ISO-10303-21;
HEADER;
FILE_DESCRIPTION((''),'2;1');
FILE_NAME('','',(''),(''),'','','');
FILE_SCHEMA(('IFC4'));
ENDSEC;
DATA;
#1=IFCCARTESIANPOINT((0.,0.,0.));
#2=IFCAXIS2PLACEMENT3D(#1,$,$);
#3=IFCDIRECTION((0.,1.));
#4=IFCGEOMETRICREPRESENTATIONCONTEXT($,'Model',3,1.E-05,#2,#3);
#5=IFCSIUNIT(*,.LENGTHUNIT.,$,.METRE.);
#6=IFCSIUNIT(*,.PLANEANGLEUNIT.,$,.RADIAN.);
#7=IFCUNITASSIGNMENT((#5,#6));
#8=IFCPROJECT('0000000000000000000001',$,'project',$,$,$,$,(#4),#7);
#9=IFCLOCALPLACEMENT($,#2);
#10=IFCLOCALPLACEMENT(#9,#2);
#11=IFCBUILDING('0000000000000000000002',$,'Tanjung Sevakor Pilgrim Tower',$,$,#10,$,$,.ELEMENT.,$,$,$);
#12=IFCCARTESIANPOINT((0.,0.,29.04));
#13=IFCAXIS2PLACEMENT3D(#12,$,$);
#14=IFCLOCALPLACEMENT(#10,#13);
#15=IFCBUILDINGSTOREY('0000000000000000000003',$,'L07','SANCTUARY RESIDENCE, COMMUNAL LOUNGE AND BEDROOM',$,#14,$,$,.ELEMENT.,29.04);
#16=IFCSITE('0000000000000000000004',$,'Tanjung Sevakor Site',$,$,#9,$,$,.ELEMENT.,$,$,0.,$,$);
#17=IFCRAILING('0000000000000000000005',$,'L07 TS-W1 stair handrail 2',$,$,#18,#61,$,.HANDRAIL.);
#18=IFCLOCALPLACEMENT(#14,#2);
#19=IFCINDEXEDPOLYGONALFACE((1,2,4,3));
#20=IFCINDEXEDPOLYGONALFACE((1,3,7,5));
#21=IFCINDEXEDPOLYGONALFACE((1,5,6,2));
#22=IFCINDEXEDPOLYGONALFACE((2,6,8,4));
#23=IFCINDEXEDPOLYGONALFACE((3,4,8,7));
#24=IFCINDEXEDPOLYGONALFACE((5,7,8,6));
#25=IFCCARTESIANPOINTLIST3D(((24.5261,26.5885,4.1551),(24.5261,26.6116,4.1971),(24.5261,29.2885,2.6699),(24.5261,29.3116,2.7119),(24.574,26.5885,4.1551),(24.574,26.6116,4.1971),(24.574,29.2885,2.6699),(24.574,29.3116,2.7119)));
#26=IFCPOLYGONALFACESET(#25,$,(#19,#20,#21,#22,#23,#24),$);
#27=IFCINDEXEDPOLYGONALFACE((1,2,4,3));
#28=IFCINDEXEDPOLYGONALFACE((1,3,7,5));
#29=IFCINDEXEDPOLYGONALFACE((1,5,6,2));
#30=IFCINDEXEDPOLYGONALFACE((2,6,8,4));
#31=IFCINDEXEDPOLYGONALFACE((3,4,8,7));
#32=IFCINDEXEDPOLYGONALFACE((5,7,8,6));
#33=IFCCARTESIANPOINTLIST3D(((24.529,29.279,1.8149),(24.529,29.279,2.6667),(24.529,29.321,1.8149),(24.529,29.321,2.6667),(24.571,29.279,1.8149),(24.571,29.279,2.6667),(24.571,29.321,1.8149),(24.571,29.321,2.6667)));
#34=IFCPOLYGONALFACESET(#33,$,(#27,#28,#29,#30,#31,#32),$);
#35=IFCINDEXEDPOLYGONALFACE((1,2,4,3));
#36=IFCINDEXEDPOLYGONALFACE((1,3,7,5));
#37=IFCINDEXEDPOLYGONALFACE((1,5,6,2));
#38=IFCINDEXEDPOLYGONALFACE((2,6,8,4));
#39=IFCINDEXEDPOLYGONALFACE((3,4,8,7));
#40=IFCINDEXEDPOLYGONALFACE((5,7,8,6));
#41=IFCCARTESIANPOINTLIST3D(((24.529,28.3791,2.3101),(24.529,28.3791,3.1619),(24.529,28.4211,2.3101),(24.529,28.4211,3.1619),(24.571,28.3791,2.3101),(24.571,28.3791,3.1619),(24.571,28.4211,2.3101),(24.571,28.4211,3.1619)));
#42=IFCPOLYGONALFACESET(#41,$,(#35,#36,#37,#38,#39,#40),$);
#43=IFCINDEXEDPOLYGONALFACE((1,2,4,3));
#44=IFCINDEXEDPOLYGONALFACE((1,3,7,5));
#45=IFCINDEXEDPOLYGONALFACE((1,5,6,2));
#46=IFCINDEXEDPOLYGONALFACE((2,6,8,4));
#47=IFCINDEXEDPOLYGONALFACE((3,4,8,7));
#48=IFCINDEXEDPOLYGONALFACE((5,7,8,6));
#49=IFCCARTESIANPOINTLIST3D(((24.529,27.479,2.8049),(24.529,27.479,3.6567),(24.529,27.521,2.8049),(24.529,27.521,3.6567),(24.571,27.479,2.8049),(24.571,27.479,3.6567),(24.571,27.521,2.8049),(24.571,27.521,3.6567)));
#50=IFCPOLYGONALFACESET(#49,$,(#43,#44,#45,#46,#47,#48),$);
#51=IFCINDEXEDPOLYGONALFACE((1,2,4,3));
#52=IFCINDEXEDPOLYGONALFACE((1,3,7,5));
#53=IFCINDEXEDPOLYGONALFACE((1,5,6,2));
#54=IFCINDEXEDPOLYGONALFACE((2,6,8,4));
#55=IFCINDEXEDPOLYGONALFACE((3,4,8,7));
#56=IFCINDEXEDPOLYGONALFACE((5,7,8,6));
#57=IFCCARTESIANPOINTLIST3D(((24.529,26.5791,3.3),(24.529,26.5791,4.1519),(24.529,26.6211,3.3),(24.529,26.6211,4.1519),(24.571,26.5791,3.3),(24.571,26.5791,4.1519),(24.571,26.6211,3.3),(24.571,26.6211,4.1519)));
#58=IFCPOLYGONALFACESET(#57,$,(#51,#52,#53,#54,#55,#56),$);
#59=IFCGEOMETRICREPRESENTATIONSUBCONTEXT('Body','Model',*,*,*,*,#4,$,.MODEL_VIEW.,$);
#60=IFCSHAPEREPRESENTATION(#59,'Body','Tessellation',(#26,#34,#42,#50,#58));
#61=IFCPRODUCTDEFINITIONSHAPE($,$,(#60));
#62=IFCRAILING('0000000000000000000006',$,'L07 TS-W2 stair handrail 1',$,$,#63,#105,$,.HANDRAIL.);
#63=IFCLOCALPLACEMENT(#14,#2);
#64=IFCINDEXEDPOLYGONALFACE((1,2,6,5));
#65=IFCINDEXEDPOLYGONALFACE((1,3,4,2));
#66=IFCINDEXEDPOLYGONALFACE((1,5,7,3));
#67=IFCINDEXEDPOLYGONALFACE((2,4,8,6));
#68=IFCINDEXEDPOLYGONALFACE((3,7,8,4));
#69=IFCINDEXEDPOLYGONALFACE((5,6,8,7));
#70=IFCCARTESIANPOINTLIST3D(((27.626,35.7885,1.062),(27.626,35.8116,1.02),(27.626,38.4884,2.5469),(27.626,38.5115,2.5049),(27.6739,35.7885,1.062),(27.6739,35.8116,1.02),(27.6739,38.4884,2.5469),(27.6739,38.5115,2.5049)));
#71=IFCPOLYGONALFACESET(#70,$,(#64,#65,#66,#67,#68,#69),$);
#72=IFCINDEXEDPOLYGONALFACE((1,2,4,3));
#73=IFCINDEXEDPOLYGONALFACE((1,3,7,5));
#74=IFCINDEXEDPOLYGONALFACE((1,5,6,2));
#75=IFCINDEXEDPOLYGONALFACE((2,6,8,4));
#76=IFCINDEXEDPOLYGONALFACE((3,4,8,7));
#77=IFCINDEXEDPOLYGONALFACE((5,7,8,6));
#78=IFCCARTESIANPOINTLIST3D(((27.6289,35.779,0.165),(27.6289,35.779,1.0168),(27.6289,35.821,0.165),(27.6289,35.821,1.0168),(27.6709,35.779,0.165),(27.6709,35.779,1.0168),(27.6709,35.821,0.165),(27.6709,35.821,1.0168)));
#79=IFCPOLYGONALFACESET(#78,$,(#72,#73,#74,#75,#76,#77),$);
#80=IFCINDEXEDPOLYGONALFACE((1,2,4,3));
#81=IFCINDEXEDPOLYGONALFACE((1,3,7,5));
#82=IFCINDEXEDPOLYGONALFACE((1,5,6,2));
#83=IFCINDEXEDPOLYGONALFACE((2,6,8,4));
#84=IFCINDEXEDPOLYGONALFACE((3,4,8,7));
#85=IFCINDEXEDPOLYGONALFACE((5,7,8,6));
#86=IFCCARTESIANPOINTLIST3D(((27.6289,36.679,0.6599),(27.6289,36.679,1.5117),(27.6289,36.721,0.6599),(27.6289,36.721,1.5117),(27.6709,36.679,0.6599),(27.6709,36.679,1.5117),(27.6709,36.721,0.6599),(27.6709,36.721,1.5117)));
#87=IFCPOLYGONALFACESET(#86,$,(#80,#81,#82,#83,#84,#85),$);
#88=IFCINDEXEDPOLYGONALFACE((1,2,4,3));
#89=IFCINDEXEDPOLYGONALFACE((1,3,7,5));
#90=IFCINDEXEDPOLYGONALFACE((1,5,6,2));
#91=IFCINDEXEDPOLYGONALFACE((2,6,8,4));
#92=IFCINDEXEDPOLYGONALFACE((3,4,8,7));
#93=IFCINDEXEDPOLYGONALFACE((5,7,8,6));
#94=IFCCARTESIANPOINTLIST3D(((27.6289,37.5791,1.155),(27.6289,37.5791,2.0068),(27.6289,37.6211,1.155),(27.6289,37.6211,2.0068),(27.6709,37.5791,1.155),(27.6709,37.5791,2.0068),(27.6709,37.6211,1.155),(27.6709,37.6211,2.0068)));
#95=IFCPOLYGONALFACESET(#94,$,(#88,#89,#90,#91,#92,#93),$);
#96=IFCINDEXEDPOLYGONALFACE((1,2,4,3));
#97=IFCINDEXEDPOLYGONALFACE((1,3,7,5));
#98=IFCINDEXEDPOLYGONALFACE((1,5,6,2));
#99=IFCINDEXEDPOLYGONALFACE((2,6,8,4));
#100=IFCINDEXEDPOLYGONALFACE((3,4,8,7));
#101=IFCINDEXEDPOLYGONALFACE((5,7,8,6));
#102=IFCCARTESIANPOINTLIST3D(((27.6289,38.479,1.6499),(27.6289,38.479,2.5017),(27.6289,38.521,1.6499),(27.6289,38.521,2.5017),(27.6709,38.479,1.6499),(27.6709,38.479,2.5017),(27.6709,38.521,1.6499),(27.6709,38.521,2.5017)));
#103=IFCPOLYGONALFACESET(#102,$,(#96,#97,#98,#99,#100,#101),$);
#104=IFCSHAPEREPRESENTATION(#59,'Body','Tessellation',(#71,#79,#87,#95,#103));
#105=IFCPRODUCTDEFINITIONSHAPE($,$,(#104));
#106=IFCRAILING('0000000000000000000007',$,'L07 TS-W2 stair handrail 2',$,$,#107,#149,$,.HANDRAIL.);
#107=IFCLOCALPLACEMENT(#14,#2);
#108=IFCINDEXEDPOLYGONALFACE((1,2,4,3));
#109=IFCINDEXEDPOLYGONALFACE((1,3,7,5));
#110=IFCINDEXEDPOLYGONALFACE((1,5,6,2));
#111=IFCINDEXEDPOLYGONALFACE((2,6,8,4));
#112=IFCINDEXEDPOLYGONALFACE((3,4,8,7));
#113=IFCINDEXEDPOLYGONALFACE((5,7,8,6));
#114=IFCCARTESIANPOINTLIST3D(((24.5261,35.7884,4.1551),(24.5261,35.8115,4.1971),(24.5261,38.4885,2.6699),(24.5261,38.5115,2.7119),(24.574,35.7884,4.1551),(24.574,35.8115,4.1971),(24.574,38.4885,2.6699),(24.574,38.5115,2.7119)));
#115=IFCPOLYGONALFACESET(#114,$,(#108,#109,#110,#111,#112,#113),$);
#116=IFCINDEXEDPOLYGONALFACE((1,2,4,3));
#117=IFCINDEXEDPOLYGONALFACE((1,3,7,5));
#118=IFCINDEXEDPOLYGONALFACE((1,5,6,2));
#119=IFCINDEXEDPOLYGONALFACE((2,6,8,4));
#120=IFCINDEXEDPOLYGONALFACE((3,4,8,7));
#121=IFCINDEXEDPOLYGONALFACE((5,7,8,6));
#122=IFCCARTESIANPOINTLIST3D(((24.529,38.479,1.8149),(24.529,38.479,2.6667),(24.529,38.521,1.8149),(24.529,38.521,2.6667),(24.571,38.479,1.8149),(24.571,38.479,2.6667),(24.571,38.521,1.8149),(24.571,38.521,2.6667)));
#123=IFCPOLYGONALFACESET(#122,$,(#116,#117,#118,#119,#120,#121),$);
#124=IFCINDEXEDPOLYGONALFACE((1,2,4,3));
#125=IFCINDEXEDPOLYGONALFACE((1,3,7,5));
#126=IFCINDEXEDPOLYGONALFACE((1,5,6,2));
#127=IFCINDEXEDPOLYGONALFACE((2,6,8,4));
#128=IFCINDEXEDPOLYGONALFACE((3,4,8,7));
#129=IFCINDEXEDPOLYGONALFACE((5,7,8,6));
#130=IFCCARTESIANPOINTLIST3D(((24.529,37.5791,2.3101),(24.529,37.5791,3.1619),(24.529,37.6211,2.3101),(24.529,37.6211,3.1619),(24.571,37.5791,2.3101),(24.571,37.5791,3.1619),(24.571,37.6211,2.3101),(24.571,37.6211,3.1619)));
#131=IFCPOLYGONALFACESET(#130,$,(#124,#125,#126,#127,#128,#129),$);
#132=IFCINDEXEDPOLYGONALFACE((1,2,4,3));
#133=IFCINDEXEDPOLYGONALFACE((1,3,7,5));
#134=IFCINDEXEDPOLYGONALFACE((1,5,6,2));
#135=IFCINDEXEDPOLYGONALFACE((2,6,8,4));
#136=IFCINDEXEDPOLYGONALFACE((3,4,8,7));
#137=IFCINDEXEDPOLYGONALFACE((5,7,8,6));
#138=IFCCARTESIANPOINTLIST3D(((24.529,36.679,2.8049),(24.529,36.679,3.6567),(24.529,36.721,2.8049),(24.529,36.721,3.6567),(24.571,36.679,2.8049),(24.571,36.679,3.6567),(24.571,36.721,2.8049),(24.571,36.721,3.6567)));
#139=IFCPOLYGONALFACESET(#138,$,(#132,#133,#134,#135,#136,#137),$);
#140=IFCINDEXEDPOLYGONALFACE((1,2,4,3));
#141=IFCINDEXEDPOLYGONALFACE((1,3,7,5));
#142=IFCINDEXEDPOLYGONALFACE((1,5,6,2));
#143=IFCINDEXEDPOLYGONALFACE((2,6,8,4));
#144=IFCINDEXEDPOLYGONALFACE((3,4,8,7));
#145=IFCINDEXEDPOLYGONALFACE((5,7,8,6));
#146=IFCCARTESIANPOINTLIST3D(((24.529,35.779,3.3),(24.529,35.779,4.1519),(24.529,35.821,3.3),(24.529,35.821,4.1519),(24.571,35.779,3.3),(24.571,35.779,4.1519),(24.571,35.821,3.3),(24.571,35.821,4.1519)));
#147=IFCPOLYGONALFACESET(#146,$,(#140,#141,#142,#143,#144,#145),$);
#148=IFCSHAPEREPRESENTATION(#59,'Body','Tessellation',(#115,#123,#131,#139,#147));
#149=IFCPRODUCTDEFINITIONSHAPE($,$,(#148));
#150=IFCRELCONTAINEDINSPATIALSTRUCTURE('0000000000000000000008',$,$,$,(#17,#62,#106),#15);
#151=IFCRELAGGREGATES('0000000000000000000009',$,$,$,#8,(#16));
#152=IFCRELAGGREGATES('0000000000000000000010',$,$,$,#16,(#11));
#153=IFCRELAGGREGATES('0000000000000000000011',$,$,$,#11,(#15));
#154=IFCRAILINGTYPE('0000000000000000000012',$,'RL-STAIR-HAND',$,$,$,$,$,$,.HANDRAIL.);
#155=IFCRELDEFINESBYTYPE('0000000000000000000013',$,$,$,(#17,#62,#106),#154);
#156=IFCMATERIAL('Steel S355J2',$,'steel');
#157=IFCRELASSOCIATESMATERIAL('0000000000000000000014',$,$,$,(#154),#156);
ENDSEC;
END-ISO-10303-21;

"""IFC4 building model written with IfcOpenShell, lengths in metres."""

from ifc_helpers import new_model, si_unit, direction, frame, origin, place, context, subcontext, project, spatial, rectangle, extrude, material, type_object, element, save


model = new_model("IFC4")

# Units and contexts
model_context = context("Model", 3, precision=1e-05, world=origin(), true_north=direction((0.0, 1.0)))
body_context = subcontext(model_context, "Body", "Model", "MODEL_VIEW")
ifc_project = project(units=[si_unit("LENGTHUNIT", "METRE"), si_unit("PLANEANGLEUNIT", "RADIAN")], contexts=[model_context])

# Site, building, storey
site_placement = place(None, origin())
site = spatial("IfcSite", under=ifc_project, at=site_placement, Name="Tanjung Sevakor Site", CompositionType="ELEMENT", RefElevation=0.0)
building_placement = place(site_placement, origin())
building = spatial("IfcBuilding", under=site, at=building_placement, Name="Tanjung Sevakor Pilgrim Tower", CompositionType="ELEMENT")
storey_placement = place(building_placement, frame((0.0, 0.0, 29.04)))
storey = spatial("IfcBuildingStorey", under=building, at=storey_placement, Name="L07", Description="SANCTUARY RESIDENCE, COMMUNAL LOUNGE AND BEDROOM", CompositionType="ELEMENT", Elevation=29.04)

# Railings
ifc_material_1 = material(Name="Steel S355J2", Category="steel")
railing_type_1 = type_object("IfcRailingType", Name="RL-STAIR-HAND", PredefinedType="HANDRAIL", material=ifc_material_1)
railing_1_placement = place(storey_placement, frame((24.55, 29.3, 1.8149)))
element("IfcRailing", 1, at=railing_1_placement, inside=storey, type_object=railing_type_1, Name="L07 TS-W1 stair handrail 2", PredefinedType="HANDRAIL", context=body_context, shape_type="SweptSolid", body=[
    extrude(rectangle(XDim=0.0479, YDim=0.0479), frame((0.0, 0.0, 0.876), z_axis=(0.0, -0.876198, 0.481952), x_axis=(1.0, 0.0, 0.0)), (0.0, 0.0, 1.0), 3.0815),
    extrude(rectangle(XDim=0.042, YDim=0.042), origin(), (0.0, 0.0, 1.0), 0.8518),
    extrude(rectangle(XDim=0.042, YDim=0.042), frame((0.0, -0.8999, 0.4951)), (0.0, 0.0, 1.0), 0.8518),
    extrude(rectangle(XDim=0.042, YDim=0.042), frame((0.0, -1.8, 0.99)), (0.0, 0.0, 1.0), 0.8518),
    extrude(rectangle(XDim=0.042, YDim=0.042), frame((0.0, -2.7, 1.4851)), (0.0, 0.0, 1.0), 0.8518),
])
railing_2_placement = place(storey_placement, frame((27.6499, 35.8, 0.165)))
element("IfcRailing", 2, at=railing_2_placement, inside=storey, type_object=railing_type_1, Name="L07 TS-W2 stair handrail 1", PredefinedType="HANDRAIL", context=body_context, shape_type="SweptSolid", body=[
    extrude(rectangle(XDim=0.0479, YDim=0.0479), frame((0.0, 0.0, 0.876), z_axis=(0.0, 0.876231, 0.481891), x_axis=(-1.0, 0.0, 0.0)), (0.0, 0.0, 1.0), 3.0813),
    extrude(rectangle(XDim=0.042, YDim=0.042), origin(), (0.0, 0.0, 1.0), 0.8518),
    extrude(rectangle(XDim=0.042, YDim=0.042), frame((0.0, 0.8999, 0.4949)), (0.0, 0.0, 1.0), 0.8518),
    extrude(rectangle(XDim=0.042, YDim=0.042), frame((0.0, 1.8, 0.99)), (0.0, 0.0, 1.0), 0.8518),
    extrude(rectangle(XDim=0.042, YDim=0.042), frame((0.0, 2.7, 1.4849)), (0.0, 0.0, 1.0), 0.8518),
])
railing_3_placement = place(storey_placement, frame((24.55, 38.5, 1.8149)))
element("IfcRailing", 3, at=railing_3_placement, inside=storey, type_object=railing_type_1, Name="L07 TS-W2 stair handrail 2", PredefinedType="HANDRAIL", context=body_context, shape_type="SweptSolid", body=[
    extrude(rectangle(XDim=0.0479, YDim=0.0479), frame((0.0, 0.0, 0.876), z_axis=(0.0, -0.876198, 0.481952), x_axis=(1.0, 0.0, 0.0)), (0.0, 0.0, 1.0), 3.0815),
    extrude(rectangle(XDim=0.042, YDim=0.042), origin(), (0.0, 0.0, 1.0), 0.8518),
    extrude(rectangle(XDim=0.042, YDim=0.042), frame((0.0, -0.8999, 0.4951)), (0.0, 0.0, 1.0), 0.8518),
    extrude(rectangle(XDim=0.042, YDim=0.042), frame((0.0, -1.8, 0.99)), (0.0, 0.0, 1.0), 0.8518),
    extrude(rectangle(XDim=0.042, YDim=0.042), frame((0.0, -2.7, 1.4851)), (0.0, 0.0, 1.0), 0.8518),
])

save(model, "model.ifc")
